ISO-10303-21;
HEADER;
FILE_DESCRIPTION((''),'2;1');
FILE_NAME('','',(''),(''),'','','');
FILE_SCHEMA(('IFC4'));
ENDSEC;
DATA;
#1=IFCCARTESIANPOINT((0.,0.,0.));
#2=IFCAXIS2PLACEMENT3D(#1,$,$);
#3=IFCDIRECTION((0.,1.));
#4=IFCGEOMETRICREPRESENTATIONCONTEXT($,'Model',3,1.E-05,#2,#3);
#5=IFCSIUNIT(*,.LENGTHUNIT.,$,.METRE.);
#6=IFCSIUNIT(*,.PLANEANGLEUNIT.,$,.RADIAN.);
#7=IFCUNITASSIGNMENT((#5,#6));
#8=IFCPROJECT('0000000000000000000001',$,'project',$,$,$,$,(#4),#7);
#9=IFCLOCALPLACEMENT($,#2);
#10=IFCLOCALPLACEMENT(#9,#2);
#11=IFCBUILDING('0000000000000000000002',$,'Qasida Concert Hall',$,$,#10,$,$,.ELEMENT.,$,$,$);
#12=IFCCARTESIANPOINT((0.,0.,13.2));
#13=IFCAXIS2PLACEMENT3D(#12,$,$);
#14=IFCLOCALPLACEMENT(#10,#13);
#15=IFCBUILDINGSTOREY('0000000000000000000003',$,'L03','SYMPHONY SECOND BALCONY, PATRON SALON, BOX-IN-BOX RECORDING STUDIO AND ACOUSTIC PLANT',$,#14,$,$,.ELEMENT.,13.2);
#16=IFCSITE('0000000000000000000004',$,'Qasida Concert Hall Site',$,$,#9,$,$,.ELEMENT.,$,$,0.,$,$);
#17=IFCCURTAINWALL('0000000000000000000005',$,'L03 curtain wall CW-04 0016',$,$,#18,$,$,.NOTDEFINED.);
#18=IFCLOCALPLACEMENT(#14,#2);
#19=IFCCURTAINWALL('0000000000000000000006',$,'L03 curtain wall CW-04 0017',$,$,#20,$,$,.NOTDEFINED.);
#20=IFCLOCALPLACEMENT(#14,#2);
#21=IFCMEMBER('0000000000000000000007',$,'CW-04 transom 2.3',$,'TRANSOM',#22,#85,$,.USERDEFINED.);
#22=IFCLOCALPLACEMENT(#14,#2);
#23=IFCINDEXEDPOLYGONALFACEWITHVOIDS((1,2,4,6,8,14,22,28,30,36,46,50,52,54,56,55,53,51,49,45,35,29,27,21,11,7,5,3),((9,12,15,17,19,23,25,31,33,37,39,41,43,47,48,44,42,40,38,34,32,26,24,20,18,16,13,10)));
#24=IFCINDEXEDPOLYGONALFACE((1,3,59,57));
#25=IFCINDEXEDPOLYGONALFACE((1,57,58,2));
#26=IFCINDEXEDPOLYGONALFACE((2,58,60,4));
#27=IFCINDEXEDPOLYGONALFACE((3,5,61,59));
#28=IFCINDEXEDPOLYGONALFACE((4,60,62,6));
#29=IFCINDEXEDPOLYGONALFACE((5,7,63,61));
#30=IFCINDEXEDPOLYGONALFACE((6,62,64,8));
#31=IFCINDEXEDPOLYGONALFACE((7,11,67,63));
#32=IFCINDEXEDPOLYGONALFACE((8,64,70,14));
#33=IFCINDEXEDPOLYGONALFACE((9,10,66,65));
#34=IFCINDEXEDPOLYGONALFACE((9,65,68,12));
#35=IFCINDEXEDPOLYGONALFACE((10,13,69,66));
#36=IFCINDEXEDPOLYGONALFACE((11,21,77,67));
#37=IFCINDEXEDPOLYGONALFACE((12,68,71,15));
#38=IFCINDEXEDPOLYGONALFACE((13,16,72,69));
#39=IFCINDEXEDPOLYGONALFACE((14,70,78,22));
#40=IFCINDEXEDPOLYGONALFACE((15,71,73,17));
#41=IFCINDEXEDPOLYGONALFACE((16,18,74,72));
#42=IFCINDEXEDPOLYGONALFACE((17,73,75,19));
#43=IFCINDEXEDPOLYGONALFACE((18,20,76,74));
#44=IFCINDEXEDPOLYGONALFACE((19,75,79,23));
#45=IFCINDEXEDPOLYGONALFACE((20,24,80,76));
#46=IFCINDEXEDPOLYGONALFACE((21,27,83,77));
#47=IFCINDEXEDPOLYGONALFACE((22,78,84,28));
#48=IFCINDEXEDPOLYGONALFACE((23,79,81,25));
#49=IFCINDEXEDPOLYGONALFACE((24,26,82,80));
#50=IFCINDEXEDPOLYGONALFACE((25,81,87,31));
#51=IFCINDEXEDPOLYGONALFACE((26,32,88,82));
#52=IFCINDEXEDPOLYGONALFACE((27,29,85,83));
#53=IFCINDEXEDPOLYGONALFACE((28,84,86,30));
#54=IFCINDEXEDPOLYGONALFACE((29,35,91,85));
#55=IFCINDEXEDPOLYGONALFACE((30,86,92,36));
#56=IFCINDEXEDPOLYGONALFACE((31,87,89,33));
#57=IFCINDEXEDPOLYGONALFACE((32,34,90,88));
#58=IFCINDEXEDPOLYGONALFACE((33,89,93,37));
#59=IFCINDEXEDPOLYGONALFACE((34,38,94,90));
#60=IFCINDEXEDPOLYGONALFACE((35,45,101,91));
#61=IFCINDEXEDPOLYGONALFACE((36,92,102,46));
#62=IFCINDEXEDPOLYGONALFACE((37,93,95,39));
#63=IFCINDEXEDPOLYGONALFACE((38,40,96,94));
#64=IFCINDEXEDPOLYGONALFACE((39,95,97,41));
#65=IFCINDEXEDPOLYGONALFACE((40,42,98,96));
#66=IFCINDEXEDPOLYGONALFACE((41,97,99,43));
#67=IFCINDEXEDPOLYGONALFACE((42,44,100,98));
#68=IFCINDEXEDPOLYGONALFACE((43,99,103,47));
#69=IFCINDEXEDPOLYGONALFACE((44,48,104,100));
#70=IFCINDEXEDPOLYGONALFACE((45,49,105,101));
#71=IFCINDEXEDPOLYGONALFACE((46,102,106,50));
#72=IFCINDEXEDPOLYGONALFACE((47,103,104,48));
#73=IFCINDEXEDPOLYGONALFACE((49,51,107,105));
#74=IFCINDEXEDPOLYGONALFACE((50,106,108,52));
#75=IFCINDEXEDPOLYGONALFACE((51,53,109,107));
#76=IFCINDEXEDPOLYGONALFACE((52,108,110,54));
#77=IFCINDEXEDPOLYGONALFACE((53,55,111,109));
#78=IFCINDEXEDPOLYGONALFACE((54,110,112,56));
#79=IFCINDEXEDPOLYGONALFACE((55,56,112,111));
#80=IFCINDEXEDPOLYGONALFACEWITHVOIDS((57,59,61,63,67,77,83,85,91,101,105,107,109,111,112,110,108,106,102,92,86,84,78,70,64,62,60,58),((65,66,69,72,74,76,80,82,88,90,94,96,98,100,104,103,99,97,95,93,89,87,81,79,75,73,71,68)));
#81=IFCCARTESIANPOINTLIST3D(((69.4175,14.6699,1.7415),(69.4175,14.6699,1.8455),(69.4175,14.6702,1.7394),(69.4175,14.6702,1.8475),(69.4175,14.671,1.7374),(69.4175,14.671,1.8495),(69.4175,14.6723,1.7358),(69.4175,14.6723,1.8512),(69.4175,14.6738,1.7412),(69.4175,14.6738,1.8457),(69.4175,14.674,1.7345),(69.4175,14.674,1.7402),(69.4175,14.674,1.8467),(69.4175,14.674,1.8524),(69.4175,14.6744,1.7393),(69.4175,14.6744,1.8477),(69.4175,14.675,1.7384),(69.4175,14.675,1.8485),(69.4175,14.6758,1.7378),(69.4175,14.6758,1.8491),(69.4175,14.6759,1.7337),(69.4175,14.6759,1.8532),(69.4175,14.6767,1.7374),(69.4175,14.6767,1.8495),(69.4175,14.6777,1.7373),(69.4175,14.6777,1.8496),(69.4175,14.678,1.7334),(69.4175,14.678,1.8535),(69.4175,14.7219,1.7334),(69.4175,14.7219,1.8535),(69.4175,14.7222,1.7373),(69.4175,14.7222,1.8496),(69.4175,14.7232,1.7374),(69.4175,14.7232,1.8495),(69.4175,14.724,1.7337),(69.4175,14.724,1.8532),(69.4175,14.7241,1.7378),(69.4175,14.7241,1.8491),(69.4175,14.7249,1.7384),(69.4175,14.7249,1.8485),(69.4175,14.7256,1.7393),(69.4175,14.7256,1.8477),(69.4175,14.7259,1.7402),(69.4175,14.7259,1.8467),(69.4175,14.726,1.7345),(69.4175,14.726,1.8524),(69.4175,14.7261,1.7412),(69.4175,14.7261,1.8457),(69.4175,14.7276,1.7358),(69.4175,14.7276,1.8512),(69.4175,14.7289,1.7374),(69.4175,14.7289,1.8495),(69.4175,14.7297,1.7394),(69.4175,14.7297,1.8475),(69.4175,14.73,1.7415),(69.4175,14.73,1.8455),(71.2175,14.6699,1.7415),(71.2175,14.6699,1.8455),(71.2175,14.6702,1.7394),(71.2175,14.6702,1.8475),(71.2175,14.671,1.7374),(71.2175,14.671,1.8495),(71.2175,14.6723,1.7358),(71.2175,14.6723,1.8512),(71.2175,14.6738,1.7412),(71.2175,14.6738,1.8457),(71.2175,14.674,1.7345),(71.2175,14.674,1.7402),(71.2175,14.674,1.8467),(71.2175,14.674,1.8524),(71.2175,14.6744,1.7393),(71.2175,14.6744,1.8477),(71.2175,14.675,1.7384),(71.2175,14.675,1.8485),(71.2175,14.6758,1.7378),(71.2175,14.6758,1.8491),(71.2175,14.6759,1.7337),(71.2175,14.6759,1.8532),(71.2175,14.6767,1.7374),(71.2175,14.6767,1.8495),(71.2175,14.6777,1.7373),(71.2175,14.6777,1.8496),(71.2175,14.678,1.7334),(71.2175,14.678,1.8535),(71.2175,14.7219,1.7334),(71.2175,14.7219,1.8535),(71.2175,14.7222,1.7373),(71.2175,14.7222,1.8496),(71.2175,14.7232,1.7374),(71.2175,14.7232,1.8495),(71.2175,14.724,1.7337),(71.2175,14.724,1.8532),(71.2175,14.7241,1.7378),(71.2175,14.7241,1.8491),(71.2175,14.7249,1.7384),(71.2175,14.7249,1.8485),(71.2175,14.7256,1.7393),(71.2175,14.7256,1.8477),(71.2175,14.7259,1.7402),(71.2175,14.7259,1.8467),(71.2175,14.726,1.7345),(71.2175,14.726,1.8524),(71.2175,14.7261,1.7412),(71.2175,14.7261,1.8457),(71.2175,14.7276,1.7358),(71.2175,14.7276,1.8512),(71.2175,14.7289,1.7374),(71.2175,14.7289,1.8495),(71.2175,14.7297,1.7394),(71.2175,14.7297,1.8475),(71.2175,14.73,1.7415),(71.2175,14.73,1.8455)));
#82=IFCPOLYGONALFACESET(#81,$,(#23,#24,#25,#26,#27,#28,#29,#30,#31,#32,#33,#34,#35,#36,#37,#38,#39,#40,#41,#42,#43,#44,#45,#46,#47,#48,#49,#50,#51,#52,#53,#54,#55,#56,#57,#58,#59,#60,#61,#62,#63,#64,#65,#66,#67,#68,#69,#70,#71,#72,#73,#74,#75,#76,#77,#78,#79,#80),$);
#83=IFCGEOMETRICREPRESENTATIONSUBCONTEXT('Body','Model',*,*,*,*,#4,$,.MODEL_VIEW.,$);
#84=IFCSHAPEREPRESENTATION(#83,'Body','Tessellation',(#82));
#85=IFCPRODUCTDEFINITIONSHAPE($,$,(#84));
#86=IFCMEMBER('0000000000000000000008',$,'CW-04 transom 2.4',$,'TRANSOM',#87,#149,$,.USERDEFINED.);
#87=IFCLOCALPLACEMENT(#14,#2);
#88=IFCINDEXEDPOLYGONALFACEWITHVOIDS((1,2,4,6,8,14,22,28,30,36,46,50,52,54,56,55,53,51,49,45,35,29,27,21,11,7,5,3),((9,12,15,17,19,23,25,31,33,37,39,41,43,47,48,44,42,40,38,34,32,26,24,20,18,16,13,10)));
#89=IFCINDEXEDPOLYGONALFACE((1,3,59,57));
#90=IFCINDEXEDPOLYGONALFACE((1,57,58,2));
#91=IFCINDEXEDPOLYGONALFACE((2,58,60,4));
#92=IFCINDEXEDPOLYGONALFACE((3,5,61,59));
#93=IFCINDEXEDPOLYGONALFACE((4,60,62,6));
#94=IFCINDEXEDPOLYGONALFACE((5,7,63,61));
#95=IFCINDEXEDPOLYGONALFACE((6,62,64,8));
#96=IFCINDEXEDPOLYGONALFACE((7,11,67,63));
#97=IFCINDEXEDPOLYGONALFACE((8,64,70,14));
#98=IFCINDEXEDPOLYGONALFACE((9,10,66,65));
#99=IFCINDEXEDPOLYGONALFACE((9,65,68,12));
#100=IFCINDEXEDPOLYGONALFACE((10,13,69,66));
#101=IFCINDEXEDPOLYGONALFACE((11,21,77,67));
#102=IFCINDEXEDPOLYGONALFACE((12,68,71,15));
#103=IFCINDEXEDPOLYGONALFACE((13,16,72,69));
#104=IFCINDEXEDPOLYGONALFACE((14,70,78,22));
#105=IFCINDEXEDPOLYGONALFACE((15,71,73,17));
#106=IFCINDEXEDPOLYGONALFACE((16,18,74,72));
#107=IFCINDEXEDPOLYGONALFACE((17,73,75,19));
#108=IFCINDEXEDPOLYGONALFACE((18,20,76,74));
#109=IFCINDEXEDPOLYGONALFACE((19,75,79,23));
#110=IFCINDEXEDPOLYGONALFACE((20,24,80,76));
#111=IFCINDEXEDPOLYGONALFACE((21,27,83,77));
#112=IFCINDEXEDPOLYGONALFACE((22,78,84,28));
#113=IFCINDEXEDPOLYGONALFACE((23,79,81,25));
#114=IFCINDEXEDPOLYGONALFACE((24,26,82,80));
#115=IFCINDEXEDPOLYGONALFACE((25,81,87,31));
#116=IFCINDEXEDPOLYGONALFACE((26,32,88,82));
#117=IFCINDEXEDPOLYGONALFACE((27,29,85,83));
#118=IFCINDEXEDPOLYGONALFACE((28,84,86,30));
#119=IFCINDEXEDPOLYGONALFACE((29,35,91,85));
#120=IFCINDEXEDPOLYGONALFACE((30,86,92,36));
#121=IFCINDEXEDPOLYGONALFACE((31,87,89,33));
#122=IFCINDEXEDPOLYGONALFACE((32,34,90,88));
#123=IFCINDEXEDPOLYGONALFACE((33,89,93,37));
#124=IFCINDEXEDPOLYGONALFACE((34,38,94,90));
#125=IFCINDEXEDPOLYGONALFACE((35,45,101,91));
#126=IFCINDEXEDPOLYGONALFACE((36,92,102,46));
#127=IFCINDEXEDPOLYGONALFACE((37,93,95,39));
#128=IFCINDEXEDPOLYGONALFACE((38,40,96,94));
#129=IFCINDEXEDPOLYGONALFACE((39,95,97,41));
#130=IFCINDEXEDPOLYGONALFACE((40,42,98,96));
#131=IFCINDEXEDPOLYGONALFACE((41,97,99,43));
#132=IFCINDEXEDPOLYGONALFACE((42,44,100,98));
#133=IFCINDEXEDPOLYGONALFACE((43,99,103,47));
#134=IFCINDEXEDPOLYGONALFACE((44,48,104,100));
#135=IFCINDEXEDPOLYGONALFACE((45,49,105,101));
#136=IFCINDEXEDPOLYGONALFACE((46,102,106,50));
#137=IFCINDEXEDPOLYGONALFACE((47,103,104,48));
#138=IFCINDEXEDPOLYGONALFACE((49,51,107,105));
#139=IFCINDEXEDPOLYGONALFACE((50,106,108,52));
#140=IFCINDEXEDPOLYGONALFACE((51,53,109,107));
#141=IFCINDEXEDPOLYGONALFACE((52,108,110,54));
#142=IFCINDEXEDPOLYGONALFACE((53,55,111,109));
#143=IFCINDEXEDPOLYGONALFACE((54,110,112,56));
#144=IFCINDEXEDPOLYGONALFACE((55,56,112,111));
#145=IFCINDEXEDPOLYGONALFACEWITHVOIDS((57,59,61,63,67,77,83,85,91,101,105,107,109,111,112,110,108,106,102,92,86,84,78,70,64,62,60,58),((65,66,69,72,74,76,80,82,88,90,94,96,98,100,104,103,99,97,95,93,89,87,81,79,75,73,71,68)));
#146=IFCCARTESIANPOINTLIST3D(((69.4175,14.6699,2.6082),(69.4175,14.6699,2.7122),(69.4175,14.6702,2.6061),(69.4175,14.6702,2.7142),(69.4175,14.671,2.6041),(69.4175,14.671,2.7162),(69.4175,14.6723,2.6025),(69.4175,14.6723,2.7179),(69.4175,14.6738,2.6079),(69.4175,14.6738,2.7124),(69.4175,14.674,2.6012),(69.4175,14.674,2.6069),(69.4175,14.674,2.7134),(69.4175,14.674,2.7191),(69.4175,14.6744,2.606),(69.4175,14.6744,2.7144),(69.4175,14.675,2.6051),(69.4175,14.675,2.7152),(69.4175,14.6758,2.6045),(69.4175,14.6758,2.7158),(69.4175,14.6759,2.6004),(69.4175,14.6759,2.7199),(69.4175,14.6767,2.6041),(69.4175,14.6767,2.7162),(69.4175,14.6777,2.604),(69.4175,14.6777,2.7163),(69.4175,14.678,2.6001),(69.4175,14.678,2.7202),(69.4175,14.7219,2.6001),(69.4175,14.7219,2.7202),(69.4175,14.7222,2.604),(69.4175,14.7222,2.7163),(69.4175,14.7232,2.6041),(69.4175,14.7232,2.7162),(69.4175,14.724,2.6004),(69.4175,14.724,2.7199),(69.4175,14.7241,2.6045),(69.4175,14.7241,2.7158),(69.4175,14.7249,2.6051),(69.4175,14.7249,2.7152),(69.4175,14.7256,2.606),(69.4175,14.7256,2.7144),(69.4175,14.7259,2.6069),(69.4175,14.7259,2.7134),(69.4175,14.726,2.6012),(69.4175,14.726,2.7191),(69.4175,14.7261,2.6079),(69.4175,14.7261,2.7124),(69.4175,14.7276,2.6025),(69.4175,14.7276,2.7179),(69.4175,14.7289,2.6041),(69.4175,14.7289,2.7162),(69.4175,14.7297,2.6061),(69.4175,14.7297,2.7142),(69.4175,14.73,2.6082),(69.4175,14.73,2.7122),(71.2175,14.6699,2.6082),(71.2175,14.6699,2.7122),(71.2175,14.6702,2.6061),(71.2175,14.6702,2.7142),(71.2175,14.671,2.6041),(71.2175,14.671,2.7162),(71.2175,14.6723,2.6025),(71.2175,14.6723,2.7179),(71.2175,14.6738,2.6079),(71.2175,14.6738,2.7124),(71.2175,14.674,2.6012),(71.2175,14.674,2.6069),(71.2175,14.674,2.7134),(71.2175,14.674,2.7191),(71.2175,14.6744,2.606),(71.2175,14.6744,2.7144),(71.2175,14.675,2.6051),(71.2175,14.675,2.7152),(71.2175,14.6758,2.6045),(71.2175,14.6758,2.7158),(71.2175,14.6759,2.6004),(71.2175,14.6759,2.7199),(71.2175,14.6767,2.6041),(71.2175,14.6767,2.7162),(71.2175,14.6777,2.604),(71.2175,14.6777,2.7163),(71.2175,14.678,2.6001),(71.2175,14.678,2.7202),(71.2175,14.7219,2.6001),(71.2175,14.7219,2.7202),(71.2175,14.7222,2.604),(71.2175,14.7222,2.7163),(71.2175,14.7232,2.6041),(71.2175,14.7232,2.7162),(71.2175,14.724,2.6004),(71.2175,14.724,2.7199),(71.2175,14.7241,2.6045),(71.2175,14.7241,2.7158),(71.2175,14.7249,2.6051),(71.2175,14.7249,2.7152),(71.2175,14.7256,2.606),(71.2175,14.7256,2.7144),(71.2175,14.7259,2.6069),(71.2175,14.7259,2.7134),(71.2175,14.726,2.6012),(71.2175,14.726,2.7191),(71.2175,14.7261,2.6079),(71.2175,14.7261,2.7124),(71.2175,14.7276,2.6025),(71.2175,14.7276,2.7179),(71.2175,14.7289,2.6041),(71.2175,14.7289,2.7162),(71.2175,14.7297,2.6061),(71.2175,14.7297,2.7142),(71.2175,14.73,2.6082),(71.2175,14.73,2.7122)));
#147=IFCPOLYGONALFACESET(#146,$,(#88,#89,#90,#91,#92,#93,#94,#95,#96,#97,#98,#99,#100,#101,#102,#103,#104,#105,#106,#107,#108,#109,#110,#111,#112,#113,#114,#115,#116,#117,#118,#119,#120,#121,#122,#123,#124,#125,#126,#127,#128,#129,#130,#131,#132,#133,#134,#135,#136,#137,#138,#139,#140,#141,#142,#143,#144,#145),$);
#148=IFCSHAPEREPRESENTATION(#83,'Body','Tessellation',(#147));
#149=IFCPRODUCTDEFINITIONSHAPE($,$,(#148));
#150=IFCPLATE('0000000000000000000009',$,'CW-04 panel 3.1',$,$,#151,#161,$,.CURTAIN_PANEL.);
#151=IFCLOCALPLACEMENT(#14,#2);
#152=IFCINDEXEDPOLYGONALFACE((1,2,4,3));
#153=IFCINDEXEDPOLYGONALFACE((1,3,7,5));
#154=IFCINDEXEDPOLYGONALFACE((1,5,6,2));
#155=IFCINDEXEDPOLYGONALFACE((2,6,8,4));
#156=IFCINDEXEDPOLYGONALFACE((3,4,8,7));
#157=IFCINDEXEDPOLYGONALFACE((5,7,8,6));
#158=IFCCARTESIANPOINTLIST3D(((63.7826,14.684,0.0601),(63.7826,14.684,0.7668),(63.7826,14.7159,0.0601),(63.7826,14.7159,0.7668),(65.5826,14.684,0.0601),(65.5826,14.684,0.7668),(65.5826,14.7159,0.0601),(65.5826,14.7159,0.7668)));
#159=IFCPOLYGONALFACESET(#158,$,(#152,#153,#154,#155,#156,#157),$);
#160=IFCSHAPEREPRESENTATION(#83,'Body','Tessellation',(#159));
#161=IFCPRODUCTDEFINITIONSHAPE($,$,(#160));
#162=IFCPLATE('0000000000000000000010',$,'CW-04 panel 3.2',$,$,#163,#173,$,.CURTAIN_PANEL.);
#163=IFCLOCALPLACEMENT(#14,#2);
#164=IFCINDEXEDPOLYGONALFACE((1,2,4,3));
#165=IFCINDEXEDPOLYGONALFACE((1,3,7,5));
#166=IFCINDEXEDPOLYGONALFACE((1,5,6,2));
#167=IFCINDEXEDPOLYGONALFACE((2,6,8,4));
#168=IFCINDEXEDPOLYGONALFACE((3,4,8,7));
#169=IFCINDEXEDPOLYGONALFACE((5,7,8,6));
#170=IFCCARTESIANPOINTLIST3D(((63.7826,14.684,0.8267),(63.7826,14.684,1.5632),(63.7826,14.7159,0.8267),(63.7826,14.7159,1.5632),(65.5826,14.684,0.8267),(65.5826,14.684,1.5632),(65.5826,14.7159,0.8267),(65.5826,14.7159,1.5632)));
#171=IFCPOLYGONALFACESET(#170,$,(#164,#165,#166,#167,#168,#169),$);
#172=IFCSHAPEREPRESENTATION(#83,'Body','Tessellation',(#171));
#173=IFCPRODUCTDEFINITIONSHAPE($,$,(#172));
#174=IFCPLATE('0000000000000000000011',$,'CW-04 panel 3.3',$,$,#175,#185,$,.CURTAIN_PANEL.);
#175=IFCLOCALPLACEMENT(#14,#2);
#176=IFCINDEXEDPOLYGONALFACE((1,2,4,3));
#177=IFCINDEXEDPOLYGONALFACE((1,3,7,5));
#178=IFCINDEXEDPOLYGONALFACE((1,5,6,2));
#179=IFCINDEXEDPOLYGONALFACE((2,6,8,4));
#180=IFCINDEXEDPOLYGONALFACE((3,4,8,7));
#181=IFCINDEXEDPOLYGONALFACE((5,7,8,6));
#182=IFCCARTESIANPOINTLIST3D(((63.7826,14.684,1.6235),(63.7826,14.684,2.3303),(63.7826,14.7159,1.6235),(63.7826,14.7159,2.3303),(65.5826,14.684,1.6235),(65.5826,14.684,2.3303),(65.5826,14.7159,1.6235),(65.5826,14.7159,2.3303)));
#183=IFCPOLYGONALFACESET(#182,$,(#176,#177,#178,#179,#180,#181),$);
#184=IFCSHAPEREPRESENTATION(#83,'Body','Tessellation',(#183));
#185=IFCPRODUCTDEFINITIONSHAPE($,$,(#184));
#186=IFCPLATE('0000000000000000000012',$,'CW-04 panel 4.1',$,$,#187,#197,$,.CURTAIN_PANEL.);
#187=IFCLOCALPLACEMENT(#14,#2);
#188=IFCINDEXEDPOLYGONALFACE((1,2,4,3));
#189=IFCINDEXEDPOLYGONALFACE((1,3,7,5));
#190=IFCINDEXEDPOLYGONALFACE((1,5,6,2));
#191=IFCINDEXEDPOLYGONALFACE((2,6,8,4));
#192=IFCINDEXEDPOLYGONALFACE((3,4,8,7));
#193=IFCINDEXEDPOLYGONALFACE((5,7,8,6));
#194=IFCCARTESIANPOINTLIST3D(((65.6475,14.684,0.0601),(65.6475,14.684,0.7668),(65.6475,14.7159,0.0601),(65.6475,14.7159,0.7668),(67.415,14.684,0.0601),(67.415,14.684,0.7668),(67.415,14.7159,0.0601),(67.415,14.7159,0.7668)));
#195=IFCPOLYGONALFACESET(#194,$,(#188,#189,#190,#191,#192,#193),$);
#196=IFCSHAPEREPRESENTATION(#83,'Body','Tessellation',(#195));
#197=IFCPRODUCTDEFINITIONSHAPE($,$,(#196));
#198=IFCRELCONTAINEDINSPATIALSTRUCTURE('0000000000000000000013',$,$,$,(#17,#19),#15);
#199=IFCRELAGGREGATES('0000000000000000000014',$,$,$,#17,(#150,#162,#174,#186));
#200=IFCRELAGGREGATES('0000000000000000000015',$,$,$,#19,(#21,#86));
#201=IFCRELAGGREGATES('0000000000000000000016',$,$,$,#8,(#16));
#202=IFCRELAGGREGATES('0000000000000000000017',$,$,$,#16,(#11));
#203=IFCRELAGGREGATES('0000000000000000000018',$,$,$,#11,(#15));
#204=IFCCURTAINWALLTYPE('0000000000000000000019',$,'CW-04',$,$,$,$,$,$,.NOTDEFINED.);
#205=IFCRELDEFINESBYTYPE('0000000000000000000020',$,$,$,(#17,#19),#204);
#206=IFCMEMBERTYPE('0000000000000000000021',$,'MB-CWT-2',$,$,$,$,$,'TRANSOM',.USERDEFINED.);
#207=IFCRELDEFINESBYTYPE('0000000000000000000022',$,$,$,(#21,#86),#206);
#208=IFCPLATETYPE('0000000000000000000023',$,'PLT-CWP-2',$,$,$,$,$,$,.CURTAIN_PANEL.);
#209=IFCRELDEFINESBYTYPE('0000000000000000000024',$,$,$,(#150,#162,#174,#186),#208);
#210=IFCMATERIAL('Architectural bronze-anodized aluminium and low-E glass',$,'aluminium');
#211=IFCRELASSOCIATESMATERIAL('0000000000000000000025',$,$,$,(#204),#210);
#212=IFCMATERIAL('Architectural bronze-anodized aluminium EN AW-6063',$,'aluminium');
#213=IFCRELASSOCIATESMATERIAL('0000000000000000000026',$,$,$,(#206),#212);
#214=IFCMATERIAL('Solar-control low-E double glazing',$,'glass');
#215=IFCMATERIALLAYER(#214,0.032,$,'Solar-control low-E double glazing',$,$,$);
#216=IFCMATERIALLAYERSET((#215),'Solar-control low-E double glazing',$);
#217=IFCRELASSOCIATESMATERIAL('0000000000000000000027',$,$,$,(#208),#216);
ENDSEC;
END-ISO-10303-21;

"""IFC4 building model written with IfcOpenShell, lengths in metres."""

from ifc_helpers import new_model, si_unit, direction, frame, origin, origin_2d, place, context, subcontext, project, spatial, rectangle, hollow_rectangle, extrude, material, layer, layer_set, material_profile, profile_set, type_object, element, aggregate, save


model = new_model("IFC4")

# Units and contexts
model_context = context("Model", 3, precision=1e-05, world=origin(), true_north=direction((0.0, 1.0)))
body_context = subcontext(model_context, "Body", "Model", "MODEL_VIEW")
ifc_project = project(units=[si_unit("LENGTHUNIT", "METRE"), si_unit("PLANEANGLEUNIT", "RADIAN")], contexts=[model_context])

# Site, building, storey
site_placement = place(None, origin())
site = spatial("IfcSite", under=ifc_project, at=site_placement, Name="Qasida Concert Hall Site", CompositionType="ELEMENT", RefElevation=0.0)
building_placement = place(site_placement, origin())
building = spatial("IfcBuilding", under=site, at=building_placement, Name="Qasida Concert Hall", CompositionType="ELEMENT")
storey_placement = place(building_placement, frame((0.0, 0.0, 13.2)))
storey = spatial("IfcBuildingStorey", under=building, at=storey_placement, Name="L03", Description="SYMPHONY SECOND BALCONY, PATRON SALON, BOX-IN-BOX RECORDING STUDIO AND ACOUSTIC PLANT", CompositionType="ELEMENT", Elevation=13.2)

# Curtain walls
ifc_material_1 = material(Name="Architectural bronze-anodized aluminium and low-E glass", Category="aluminium")
curtain_wall_type = type_object("IfcCurtainWallType", Name="CW-04", PredefinedType="NOTDEFINED", material=ifc_material_1)
curtain_wall_1_placement = place(storey_placement, origin())
curtain_wall_1 = element("IfcCurtainWall", 1, at=curtain_wall_1_placement, inside=storey, type_object=curtain_wall_type, Name="L03 curtain wall CW-04 0016", PredefinedType="NOTDEFINED")
ifc_material_2 = material(Name="Architectural bronze-anodized aluminium EN AW-6063", Category="aluminium")
curtain_wall_2_placement = place(storey_placement, origin())
curtain_wall_2 = element("IfcCurtainWall", 2, at=curtain_wall_2_placement, inside=storey, type_object=curtain_wall_type, Name="L03 curtain wall CW-04 0017", PredefinedType="NOTDEFINED")

# Members
ifc_material_profile_1 = material_profile(ifc_material_2, hollow_rectangle(XDim=0.0601, YDim=0.1201, WallThickness=0.0039, InnerFilletRadius=0.0039, OuterFilletRadius=0.0081, at=origin_2d()), Name="CWT 120x60x4")
ifc_profile_set_1 = profile_set([ifc_material_profile_1], Name="Architectural bronze-anodized aluminium EN AW-6063")
member_type_1 = type_object("IfcMemberType", Name="MB-CWT-2", ElementType="TRANSOM", PredefinedType="USERDEFINED", material=ifc_profile_set_1)
member_1_placement = place(storey_placement, frame((69.4175, 14.7, 1.7935), z_axis=(1.0, 0.0, 0.0), x_axis=(0.0, 1.0, 0.0)))
member_1 = element("IfcMember", 3, at=member_1_placement, type_object=member_type_1, Name="CW-04 transom 2.3", ObjectType="TRANSOM", PredefinedType="USERDEFINED", context=body_context, shape_type="SweptSolid", body=[
    extrude(hollow_rectangle(XDim=0.0601, YDim=0.1201, WallThickness=0.0039, InnerFilletRadius=0.0039, OuterFilletRadius=0.0081, at=origin_2d()), origin(), (0.0, 0.0, 1.0), 1.8),
])
member_2_placement = place(storey_placement, frame((69.4175, 14.7, 2.6602), z_axis=(1.0, 0.0, 0.0), x_axis=(0.0, 1.0, 0.0)))
member_2 = element("IfcMember", 4, at=member_2_placement, type_object=member_type_1, Name="CW-04 transom 2.4", ObjectType="TRANSOM", PredefinedType="USERDEFINED", context=body_context, shape_type="SweptSolid", body=[
    extrude(hollow_rectangle(XDim=0.0601, YDim=0.1201, WallThickness=0.0039, InnerFilletRadius=0.0039, OuterFilletRadius=0.0081, at=origin_2d()), origin(), (0.0, 0.0, 1.0), 1.8),
])

# Plates
ifc_material_3 = material(Name="Solar-control low-E double glazing", Category="glass")
ifc_layer = layer(ifc_material_3, 0.032, Name="Solar-control low-E double glazing")
ifc_layer_set = layer_set([ifc_layer], Name="Solar-control low-E double glazing")
plate_type = type_object("IfcPlateType", Name="PLT-CWP-2", PredefinedType="CURTAIN_PANEL", material=ifc_layer_set)
plate_1_placement = place(storey_placement, frame((64.6826, 14.7, 0.0601), z_axis=(0.0, 0.0, 1.0), x_axis=(1.0, 0.0, 0.0)))
plate_1 = element("IfcPlate", 5, at=plate_1_placement, type_object=plate_type, Name="CW-04 panel 3.1", PredefinedType="CURTAIN_PANEL", context=body_context, shape_type="SweptSolid", body=[
    extrude(rectangle(XDim=1.8, YDim=0.032, at=origin_2d()), origin(), (0.0, 0.0, 1.0), 0.7068),
])
plate_2_placement = place(storey_placement, frame((64.6826, 14.7, 0.8267), z_axis=(0.0, 0.0, 1.0), x_axis=(1.0, 0.0, 0.0)))
plate_2 = element("IfcPlate", 6, at=plate_2_placement, type_object=plate_type, Name="CW-04 panel 3.2", PredefinedType="CURTAIN_PANEL", context=body_context, shape_type="SweptSolid", body=[
    extrude(rectangle(XDim=1.8, YDim=0.032, at=origin_2d()), origin(), (0.0, 0.0, 1.0), 0.7366),
])
plate_3_placement = place(storey_placement, frame((64.6826, 14.7, 1.6235), z_axis=(0.0, 0.0, 1.0), x_axis=(1.0, 0.0, 0.0)))
plate_3 = element("IfcPlate", 7, at=plate_3_placement, type_object=plate_type, Name="CW-04 panel 3.3", PredefinedType="CURTAIN_PANEL", context=body_context, shape_type="SweptSolid", body=[
    extrude(rectangle(XDim=1.8, YDim=0.032, at=origin_2d()), origin(), (0.0, 0.0, 1.0), 0.7068),
])
plate_4_placement = place(storey_placement, frame((66.5312, 14.7, 0.0601), z_axis=(0.0, 0.0, 1.0), x_axis=(1.0, 0.0, 0.0)))
plate_4 = element("IfcPlate", 8, at=plate_4_placement, type_object=plate_type, Name="CW-04 panel 4.1", PredefinedType="CURTAIN_PANEL", context=body_context, shape_type="SweptSolid", body=[
    extrude(rectangle(XDim=1.7676, YDim=0.032, at=origin_2d()), origin(), (0.0, 0.0, 1.0), 0.7068),
])
aggregate(curtain_wall_1, [plate_1, plate_2, plate_3, plate_4])
aggregate(curtain_wall_2, [member_1, member_2])

save(model, "model.ifc")
